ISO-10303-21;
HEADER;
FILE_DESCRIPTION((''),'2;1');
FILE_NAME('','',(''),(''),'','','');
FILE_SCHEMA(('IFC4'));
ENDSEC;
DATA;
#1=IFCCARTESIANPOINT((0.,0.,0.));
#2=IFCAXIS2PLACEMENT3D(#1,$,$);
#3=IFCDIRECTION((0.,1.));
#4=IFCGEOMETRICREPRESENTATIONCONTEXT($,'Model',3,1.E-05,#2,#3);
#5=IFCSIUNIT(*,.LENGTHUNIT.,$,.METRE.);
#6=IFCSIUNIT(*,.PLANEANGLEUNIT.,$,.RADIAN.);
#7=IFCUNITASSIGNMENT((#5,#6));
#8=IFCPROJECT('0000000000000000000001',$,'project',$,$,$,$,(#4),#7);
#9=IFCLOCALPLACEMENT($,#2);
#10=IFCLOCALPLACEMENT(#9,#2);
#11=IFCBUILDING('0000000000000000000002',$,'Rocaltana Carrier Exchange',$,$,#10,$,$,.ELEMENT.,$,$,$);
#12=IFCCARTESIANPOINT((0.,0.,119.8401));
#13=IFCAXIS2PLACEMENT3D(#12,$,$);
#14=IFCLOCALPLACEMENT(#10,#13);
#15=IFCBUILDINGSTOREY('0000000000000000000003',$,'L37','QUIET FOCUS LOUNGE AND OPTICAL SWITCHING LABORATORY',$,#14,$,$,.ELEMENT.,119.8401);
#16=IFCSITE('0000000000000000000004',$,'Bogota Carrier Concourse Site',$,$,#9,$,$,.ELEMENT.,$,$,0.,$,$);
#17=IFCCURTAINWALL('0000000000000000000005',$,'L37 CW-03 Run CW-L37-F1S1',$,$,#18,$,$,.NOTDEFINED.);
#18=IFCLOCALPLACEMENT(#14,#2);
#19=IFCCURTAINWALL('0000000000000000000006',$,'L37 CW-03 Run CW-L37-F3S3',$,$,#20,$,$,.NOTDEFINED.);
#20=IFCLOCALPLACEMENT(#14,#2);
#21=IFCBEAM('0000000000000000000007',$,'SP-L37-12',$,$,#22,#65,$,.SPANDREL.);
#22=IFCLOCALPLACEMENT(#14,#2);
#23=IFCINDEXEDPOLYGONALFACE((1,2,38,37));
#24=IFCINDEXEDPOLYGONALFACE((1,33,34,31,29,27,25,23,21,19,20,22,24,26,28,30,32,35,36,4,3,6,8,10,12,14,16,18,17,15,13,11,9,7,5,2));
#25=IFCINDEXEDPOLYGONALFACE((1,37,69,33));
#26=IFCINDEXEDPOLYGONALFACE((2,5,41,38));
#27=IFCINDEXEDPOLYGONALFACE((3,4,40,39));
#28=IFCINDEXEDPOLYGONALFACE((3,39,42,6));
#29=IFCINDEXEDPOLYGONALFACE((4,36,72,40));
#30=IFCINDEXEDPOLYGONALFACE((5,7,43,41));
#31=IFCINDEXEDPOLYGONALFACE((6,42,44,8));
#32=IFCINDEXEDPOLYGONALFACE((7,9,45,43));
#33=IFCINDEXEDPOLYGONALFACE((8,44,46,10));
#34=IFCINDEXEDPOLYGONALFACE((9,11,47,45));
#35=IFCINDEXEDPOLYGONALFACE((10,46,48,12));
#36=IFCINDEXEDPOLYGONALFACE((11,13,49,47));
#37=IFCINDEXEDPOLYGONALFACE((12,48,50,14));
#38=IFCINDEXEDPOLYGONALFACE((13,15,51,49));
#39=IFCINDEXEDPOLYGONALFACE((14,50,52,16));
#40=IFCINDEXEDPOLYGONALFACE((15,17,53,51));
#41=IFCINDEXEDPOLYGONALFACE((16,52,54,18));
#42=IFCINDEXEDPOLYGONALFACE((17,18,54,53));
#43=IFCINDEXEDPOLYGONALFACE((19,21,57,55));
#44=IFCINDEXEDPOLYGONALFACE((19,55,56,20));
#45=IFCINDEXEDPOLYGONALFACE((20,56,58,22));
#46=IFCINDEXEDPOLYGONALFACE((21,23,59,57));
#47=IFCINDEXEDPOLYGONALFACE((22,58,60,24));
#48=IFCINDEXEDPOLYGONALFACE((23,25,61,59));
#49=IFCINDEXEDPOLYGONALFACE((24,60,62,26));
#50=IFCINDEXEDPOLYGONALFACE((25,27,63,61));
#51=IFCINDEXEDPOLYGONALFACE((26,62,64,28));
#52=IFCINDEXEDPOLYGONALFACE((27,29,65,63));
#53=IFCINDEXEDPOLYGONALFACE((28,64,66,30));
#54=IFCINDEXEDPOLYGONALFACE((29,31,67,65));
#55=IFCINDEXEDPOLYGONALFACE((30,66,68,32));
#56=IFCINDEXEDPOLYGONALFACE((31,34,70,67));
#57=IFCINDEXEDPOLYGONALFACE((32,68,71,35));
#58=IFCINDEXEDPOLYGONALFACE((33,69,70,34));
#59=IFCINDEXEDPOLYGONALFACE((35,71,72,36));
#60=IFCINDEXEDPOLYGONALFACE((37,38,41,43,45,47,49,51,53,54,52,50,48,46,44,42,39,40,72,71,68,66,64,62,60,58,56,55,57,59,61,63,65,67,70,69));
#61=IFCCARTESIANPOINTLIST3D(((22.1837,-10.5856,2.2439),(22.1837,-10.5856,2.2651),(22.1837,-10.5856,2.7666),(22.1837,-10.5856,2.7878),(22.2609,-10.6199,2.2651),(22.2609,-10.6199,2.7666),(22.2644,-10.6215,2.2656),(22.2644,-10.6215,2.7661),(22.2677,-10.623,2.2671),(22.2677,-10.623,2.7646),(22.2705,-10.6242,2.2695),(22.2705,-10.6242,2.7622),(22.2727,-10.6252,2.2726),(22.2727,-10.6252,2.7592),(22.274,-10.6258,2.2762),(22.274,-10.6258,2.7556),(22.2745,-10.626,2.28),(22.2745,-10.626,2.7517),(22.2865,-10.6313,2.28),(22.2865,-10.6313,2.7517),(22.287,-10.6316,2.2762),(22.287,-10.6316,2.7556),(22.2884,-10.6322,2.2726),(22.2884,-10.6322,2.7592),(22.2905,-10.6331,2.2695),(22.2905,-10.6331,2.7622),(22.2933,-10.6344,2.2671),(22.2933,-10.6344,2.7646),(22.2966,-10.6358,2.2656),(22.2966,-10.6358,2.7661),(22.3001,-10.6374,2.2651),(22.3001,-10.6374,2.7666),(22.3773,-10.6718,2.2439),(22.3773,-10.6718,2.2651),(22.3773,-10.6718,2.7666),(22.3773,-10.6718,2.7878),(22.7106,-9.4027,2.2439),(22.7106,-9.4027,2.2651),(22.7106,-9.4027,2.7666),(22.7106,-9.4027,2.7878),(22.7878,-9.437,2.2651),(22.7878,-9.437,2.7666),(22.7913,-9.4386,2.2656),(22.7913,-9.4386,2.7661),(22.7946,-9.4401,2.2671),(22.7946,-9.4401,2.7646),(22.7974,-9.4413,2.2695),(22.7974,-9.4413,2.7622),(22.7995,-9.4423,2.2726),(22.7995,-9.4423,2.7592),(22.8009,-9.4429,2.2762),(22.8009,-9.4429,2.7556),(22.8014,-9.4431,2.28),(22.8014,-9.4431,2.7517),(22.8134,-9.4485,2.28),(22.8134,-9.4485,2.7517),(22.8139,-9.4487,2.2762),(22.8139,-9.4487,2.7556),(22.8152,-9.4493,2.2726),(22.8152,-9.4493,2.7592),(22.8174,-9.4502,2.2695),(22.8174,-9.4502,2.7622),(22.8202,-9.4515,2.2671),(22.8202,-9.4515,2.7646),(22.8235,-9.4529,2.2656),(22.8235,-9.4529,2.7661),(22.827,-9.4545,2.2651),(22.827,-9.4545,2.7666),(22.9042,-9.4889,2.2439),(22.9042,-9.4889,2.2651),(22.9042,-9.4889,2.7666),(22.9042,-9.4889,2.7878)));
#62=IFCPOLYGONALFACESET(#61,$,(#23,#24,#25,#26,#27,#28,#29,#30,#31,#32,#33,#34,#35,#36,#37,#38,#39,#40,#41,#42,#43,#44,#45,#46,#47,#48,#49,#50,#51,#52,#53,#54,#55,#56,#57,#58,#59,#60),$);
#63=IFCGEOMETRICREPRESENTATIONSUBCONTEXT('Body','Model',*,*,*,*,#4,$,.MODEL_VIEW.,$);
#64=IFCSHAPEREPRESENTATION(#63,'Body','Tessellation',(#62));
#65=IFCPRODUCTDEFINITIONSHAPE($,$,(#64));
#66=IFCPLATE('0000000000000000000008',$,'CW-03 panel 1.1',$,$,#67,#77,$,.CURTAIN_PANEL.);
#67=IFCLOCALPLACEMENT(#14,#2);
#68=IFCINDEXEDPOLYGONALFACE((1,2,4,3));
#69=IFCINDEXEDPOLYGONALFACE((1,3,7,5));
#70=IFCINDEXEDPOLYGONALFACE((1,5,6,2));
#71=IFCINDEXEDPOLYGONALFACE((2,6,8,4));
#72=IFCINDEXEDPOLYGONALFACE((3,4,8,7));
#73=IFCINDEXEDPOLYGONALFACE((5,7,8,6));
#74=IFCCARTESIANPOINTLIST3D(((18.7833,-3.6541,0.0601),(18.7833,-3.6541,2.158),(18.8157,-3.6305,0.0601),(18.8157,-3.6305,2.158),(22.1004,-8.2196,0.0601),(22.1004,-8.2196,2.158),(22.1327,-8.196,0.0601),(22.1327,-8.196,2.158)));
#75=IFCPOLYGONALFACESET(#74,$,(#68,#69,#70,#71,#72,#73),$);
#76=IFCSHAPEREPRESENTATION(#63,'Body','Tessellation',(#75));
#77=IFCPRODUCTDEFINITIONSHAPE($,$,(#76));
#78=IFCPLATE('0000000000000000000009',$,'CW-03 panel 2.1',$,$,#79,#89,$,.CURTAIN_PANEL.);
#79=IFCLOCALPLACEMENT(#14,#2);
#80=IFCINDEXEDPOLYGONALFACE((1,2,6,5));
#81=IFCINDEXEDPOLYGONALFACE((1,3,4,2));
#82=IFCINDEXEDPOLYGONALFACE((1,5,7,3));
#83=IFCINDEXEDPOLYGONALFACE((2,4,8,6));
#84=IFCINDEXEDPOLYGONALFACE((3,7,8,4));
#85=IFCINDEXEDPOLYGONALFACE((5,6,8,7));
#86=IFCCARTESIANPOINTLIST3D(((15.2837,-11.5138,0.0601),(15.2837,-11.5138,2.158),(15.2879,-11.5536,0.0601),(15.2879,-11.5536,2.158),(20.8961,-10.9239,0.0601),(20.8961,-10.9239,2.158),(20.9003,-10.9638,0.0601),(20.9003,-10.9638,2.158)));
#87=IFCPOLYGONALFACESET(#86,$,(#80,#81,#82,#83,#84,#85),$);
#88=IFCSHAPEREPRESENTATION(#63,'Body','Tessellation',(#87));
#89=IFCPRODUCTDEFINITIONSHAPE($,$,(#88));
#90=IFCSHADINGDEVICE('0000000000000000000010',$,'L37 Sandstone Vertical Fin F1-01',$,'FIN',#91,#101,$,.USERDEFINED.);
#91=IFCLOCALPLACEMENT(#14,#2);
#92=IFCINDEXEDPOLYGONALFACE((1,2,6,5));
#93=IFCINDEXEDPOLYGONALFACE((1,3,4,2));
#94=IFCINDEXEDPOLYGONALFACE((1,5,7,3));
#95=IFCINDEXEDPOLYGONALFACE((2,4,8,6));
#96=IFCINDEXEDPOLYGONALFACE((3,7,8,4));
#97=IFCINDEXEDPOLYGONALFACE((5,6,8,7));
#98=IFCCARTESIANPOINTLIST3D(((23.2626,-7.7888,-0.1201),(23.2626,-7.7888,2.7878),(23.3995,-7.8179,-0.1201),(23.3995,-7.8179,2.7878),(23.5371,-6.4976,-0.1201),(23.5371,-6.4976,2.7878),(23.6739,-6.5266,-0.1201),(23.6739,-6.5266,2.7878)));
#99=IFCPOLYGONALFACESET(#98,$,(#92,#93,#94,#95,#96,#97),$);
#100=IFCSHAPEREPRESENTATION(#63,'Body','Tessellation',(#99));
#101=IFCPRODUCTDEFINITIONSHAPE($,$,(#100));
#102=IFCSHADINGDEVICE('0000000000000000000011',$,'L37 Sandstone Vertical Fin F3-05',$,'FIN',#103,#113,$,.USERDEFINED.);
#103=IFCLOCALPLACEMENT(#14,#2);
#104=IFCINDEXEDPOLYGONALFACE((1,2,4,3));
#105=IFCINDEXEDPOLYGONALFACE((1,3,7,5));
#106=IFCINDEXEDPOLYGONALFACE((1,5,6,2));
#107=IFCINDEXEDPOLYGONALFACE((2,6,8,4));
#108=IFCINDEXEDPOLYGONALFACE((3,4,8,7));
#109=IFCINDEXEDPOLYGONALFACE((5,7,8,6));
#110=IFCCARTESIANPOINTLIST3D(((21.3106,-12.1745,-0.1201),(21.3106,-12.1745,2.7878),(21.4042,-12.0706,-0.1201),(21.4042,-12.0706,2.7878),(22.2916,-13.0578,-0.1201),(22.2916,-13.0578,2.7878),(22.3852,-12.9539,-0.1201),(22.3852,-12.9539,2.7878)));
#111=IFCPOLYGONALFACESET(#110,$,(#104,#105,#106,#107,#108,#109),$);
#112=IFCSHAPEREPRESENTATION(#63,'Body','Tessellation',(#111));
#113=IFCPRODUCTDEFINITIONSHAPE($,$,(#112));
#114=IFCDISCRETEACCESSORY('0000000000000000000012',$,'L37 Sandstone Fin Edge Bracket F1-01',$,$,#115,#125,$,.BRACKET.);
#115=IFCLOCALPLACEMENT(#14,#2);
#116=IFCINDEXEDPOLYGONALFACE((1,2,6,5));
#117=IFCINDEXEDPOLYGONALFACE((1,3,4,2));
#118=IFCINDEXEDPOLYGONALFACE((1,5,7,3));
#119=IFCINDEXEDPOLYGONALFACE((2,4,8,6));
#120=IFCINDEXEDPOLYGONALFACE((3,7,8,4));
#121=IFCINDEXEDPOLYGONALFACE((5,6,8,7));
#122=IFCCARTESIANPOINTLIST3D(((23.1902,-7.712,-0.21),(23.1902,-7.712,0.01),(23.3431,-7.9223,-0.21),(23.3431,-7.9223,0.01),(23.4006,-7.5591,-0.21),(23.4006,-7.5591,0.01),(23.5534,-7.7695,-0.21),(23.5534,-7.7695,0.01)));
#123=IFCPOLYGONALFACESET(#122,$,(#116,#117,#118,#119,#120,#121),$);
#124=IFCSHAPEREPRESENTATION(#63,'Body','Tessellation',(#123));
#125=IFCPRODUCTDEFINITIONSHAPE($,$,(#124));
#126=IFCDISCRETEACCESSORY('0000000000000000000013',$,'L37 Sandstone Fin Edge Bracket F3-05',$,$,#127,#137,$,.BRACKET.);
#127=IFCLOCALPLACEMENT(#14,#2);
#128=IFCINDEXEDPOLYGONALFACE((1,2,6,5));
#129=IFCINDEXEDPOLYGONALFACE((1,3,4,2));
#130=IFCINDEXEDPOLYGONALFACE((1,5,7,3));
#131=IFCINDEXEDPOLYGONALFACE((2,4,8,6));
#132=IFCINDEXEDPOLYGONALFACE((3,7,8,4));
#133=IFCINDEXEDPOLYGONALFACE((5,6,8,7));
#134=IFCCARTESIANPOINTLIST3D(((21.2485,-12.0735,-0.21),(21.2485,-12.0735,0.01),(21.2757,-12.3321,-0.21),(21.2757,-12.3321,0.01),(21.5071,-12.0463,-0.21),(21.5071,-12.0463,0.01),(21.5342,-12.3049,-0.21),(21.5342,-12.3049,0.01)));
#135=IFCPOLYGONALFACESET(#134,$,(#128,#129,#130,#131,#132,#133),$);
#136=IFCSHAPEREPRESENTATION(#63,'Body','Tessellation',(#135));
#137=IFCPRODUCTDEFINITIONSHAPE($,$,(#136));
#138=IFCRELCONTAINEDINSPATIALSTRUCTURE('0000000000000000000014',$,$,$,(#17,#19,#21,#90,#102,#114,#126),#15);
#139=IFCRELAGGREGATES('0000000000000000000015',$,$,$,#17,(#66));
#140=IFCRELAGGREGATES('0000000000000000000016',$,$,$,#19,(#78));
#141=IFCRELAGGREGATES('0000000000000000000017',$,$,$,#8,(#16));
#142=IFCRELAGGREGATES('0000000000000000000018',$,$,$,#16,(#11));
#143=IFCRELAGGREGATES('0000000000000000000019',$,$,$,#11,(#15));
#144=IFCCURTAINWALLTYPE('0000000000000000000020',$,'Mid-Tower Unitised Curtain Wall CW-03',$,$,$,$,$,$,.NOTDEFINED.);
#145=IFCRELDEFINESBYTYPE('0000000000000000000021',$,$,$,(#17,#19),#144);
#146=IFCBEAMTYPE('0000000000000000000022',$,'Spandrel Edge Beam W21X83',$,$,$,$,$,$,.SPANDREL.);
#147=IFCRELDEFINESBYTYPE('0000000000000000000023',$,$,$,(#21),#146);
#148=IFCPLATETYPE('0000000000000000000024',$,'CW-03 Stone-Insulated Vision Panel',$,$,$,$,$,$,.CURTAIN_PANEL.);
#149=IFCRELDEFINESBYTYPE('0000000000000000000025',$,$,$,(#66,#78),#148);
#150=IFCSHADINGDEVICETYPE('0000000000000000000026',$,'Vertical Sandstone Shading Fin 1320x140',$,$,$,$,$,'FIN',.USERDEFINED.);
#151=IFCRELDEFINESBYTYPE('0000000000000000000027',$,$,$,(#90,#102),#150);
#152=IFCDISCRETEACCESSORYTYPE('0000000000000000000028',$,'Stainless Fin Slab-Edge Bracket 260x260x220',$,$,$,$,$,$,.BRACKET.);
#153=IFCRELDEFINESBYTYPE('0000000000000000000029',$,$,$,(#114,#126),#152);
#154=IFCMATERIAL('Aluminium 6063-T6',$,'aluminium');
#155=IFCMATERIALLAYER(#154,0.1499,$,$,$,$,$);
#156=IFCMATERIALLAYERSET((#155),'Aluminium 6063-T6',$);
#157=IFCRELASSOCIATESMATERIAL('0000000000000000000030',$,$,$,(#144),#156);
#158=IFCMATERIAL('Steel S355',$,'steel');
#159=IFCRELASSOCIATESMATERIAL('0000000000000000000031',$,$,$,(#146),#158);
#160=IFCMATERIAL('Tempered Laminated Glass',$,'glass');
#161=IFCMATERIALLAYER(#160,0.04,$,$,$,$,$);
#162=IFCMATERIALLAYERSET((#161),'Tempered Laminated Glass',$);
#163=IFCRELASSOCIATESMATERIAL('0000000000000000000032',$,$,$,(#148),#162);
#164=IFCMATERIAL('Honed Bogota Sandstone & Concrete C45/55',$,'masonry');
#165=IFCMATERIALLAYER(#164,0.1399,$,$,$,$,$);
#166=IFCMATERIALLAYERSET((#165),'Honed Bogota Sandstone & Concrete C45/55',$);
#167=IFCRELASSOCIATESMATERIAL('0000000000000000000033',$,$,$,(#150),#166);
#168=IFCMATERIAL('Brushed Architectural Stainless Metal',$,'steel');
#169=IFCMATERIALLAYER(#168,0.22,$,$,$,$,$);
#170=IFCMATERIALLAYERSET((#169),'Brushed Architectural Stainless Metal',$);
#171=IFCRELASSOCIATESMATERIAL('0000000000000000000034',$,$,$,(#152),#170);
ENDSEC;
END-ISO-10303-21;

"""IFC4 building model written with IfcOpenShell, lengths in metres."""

from ifc_helpers import new_model, si_unit, direction, frame, origin, origin_2d, place, context, subcontext, project, spatial, rectangle, i_section, extrude, material, layer, layer_set, material_profile, profile_set, type_object, element, aggregate, save


model = new_model("IFC4")

# Units and contexts
model_context = context("Model", 3, precision=1e-05, world=origin(), true_north=direction((0.0, 1.0)))
body_context = subcontext(model_context, "Body", "Model", "MODEL_VIEW")
ifc_project = project(units=[si_unit("LENGTHUNIT", "METRE"), si_unit("PLANEANGLEUNIT", "RADIAN")], contexts=[model_context])

# Site, building, storey
site_placement = place(None, origin())
site = spatial("IfcSite", under=ifc_project, at=site_placement, Name="Bogota Carrier Concourse Site", CompositionType="ELEMENT", RefElevation=0.0)
building_placement = place(site_placement, origin())
building = spatial("IfcBuilding", under=site, at=building_placement, Name="Rocaltana Carrier Exchange", CompositionType="ELEMENT")
storey_placement = place(building_placement, frame((0.0, 0.0, 119.8401)))
storey = spatial("IfcBuildingStorey", under=building, at=storey_placement, Name="L37", Description="QUIET FOCUS LOUNGE AND OPTICAL SWITCHING LABORATORY", CompositionType="ELEMENT", Elevation=119.8401)

# Curtain wall
ifc_material_1 = material(Name="Aluminium 6063-T6", Category="aluminium")
ifc_layer_1 = layer(ifc_material_1, 0.1499)
ifc_layer_set_1 = layer_set([ifc_layer_1], Name="Aluminium 6063-T6")
curtain_wall_type = type_object("IfcCurtainWallType", Name="Mid-Tower Unitised Curtain Wall CW-03", PredefinedType="NOTDEFINED", material=ifc_layer_set_1)
curtain_wall_1_placement = place(storey_placement, origin())
curtain_wall_1 = element("IfcCurtainWall", 1, at=curtain_wall_1_placement, inside=storey, type_object=curtain_wall_type, Name="L37 CW-03 Run CW-L37-F1S1", PredefinedType="NOTDEFINED")

# Curtain wall
curtain_wall_2_placement = place(storey_placement, origin())
curtain_wall_2 = element("IfcCurtainWall", 2, at=curtain_wall_2_placement, inside=storey, type_object=curtain_wall_type, Name="L37 CW-03 Run CW-L37-F3S3", PredefinedType="NOTDEFINED")

# Beam
ifc_material_2 = material(Name="Steel S355", Category="steel")
ifc_material_profile_1 = material_profile(ifc_material_2, i_section(OverallWidth=0.2119, OverallDepth=0.5439, WebThickness=0.0132, FlangeThickness=0.0212, FilletRadius=0.0149, at=origin_2d()), Name="W21X83")
ifc_profile_set_1 = profile_set([ifc_material_profile_1], Name="Steel S355")
beam_type_1 = type_object("IfcBeamType", Name="Spandrel Edge Beam W21X83", PredefinedType="SPANDREL", material=ifc_profile_set_1)
beam_1_placement = place(storey_placement, frame((22.2805, -10.6287, 2.5159), z_axis=(0.406873, 0.913485, 0.0), x_axis=(-0.913485, 0.406873, 0.0)))
element("IfcBeam", 3, at=beam_1_placement, inside=storey, type_object=beam_type_1, Name="SP-L37-12", PredefinedType="SPANDREL", context=body_context, shape_type="SweptSolid", body=[
    extrude(i_section(OverallWidth=0.2119, OverallDepth=0.5439, WebThickness=0.0132, FlangeThickness=0.0212, FilletRadius=0.0149, at=origin_2d()), origin(), (0.0, 0.0, 1.0), 1.2949),
])

# Plates
ifc_material_3 = material(Name="Tempered Laminated Glass", Category="glass")
ifc_layer_2 = layer(ifc_material_3, 0.04)
ifc_layer_set_2 = layer_set([ifc_layer_2], Name="Tempered Laminated Glass")
plate_type = type_object("IfcPlateType", Name="CW-03 Stone-Insulated Vision Panel", PredefinedType="CURTAIN_PANEL", material=ifc_layer_set_2)
plate_1_placement = place(storey_placement, frame((20.458, -5.925, 0.0601), z_axis=(0.0, 0.0, 1.0), x_axis=(-0.58779, 0.809014, 0.0)))
plate_1 = element("IfcPlate", 4, at=plate_1_placement, type_object=plate_type, Name="CW-03 panel 1.1", PredefinedType="CURTAIN_PANEL", context=body_context, shape_type="SweptSolid", body=[
    extrude(rectangle(XDim=5.6433, YDim=0.04, at=origin_2d()), origin(), (0.0, 0.0, 1.0), 2.0979),
])
aggregate(curtain_wall_1, [plate_1])
plate_2_placement = place(storey_placement, frame((18.092, -11.2388, 0.0601), z_axis=(0.0, 0.0, 1.0), x_axis=(0.994523, 0.104522, 0.0)))
plate_2 = element("IfcPlate", 5, at=plate_2_placement, type_object=plate_type, Name="CW-03 panel 2.1", PredefinedType="CURTAIN_PANEL", context=body_context, shape_type="SweptSolid", body=[
    extrude(rectangle(XDim=5.6433, YDim=0.04, at=origin_2d()), origin(), (0.0, 0.0, 1.0), 2.0979),
])
aggregate(curtain_wall_2, [plate_2])

# Shading devices
ifc_material_4 = material(Name="Honed Bogota Sandstone & Concrete C45/55", Category="masonry")
ifc_layer_3 = layer(ifc_material_4, 0.1399)
ifc_layer_set_3 = layer_set([ifc_layer_3], Name="Honed Bogota Sandstone & Concrete C45/55")
shading_device_type = type_object("IfcShadingDeviceType", Name="Vertical Sandstone Shading Fin 1320x140", ElementType="FIN", PredefinedType="USERDEFINED", material=ifc_layer_set_3)
for number, where, z_axis, x_axis, name in (
    (6, (23.4683, -7.1577, -0.1201), (0.0, 0.0, 1.0), (0.207912, 0.978148, 0.0), "L37 Sandstone Vertical Fin F1-01"),
    (7, (21.8479, -12.5642, -0.1201), (0.0, 0.0, 1.0), (0.743145, -0.669131, 0.0), "L37 Sandstone Vertical Fin F3-05"),
):
    element("IfcShadingDevice", number, at=place(storey_placement, frame(where, z_axis=z_axis, x_axis=x_axis)), inside=storey, type_object=shading_device_type, Name=name, ObjectType="FIN", PredefinedType="USERDEFINED", context=body_context, shape_type="SweptSolid", body=[
        extrude(rectangle(XDim=1.3201, YDim=0.1399, at=origin_2d()), origin(), (0.0, 0.0, 1.0), 2.908),
    ])

# Discrete accessories
ifc_material_5 = material(Name="Brushed Architectural Stainless Metal", Category="steel")
ifc_layer_4 = layer(ifc_material_5, 0.22)
ifc_layer_set_4 = layer_set([ifc_layer_4], Name="Brushed Architectural Stainless Metal")
discrete_accessory_type = type_object("IfcDiscreteAccessoryType", Name="Stainless Fin Slab-Edge Bracket 260x260x220", PredefinedType="BRACKET", material=ifc_layer_set_4)
for number, where, z_axis, x_axis, name in (
    (8, (23.3718, -7.7407, -0.21), (0.0, 0.0, 1.0), (-0.587785, 0.809017, 0.0), "L37 Sandstone Fin Edge Bracket F1-01"),
    (9, (21.3914, -12.1892, -0.21), (0.0, 0.0, 1.0), (0.994522, 0.104528, 0.0), "L37 Sandstone Fin Edge Bracket F3-05"),
):
    element("IfcDiscreteAccessory", number, at=place(storey_placement, frame(where, z_axis=z_axis, x_axis=x_axis)), inside=storey, type_object=discrete_accessory_type, Name=name, PredefinedType="BRACKET", context=body_context, shape_type="SweptSolid", body=[
        extrude(rectangle(XDim=0.26, YDim=0.26, at=origin_2d()), origin(), (0.0, 0.0, 1.0), 0.22),
    ])

save(model, "model.ifc")
